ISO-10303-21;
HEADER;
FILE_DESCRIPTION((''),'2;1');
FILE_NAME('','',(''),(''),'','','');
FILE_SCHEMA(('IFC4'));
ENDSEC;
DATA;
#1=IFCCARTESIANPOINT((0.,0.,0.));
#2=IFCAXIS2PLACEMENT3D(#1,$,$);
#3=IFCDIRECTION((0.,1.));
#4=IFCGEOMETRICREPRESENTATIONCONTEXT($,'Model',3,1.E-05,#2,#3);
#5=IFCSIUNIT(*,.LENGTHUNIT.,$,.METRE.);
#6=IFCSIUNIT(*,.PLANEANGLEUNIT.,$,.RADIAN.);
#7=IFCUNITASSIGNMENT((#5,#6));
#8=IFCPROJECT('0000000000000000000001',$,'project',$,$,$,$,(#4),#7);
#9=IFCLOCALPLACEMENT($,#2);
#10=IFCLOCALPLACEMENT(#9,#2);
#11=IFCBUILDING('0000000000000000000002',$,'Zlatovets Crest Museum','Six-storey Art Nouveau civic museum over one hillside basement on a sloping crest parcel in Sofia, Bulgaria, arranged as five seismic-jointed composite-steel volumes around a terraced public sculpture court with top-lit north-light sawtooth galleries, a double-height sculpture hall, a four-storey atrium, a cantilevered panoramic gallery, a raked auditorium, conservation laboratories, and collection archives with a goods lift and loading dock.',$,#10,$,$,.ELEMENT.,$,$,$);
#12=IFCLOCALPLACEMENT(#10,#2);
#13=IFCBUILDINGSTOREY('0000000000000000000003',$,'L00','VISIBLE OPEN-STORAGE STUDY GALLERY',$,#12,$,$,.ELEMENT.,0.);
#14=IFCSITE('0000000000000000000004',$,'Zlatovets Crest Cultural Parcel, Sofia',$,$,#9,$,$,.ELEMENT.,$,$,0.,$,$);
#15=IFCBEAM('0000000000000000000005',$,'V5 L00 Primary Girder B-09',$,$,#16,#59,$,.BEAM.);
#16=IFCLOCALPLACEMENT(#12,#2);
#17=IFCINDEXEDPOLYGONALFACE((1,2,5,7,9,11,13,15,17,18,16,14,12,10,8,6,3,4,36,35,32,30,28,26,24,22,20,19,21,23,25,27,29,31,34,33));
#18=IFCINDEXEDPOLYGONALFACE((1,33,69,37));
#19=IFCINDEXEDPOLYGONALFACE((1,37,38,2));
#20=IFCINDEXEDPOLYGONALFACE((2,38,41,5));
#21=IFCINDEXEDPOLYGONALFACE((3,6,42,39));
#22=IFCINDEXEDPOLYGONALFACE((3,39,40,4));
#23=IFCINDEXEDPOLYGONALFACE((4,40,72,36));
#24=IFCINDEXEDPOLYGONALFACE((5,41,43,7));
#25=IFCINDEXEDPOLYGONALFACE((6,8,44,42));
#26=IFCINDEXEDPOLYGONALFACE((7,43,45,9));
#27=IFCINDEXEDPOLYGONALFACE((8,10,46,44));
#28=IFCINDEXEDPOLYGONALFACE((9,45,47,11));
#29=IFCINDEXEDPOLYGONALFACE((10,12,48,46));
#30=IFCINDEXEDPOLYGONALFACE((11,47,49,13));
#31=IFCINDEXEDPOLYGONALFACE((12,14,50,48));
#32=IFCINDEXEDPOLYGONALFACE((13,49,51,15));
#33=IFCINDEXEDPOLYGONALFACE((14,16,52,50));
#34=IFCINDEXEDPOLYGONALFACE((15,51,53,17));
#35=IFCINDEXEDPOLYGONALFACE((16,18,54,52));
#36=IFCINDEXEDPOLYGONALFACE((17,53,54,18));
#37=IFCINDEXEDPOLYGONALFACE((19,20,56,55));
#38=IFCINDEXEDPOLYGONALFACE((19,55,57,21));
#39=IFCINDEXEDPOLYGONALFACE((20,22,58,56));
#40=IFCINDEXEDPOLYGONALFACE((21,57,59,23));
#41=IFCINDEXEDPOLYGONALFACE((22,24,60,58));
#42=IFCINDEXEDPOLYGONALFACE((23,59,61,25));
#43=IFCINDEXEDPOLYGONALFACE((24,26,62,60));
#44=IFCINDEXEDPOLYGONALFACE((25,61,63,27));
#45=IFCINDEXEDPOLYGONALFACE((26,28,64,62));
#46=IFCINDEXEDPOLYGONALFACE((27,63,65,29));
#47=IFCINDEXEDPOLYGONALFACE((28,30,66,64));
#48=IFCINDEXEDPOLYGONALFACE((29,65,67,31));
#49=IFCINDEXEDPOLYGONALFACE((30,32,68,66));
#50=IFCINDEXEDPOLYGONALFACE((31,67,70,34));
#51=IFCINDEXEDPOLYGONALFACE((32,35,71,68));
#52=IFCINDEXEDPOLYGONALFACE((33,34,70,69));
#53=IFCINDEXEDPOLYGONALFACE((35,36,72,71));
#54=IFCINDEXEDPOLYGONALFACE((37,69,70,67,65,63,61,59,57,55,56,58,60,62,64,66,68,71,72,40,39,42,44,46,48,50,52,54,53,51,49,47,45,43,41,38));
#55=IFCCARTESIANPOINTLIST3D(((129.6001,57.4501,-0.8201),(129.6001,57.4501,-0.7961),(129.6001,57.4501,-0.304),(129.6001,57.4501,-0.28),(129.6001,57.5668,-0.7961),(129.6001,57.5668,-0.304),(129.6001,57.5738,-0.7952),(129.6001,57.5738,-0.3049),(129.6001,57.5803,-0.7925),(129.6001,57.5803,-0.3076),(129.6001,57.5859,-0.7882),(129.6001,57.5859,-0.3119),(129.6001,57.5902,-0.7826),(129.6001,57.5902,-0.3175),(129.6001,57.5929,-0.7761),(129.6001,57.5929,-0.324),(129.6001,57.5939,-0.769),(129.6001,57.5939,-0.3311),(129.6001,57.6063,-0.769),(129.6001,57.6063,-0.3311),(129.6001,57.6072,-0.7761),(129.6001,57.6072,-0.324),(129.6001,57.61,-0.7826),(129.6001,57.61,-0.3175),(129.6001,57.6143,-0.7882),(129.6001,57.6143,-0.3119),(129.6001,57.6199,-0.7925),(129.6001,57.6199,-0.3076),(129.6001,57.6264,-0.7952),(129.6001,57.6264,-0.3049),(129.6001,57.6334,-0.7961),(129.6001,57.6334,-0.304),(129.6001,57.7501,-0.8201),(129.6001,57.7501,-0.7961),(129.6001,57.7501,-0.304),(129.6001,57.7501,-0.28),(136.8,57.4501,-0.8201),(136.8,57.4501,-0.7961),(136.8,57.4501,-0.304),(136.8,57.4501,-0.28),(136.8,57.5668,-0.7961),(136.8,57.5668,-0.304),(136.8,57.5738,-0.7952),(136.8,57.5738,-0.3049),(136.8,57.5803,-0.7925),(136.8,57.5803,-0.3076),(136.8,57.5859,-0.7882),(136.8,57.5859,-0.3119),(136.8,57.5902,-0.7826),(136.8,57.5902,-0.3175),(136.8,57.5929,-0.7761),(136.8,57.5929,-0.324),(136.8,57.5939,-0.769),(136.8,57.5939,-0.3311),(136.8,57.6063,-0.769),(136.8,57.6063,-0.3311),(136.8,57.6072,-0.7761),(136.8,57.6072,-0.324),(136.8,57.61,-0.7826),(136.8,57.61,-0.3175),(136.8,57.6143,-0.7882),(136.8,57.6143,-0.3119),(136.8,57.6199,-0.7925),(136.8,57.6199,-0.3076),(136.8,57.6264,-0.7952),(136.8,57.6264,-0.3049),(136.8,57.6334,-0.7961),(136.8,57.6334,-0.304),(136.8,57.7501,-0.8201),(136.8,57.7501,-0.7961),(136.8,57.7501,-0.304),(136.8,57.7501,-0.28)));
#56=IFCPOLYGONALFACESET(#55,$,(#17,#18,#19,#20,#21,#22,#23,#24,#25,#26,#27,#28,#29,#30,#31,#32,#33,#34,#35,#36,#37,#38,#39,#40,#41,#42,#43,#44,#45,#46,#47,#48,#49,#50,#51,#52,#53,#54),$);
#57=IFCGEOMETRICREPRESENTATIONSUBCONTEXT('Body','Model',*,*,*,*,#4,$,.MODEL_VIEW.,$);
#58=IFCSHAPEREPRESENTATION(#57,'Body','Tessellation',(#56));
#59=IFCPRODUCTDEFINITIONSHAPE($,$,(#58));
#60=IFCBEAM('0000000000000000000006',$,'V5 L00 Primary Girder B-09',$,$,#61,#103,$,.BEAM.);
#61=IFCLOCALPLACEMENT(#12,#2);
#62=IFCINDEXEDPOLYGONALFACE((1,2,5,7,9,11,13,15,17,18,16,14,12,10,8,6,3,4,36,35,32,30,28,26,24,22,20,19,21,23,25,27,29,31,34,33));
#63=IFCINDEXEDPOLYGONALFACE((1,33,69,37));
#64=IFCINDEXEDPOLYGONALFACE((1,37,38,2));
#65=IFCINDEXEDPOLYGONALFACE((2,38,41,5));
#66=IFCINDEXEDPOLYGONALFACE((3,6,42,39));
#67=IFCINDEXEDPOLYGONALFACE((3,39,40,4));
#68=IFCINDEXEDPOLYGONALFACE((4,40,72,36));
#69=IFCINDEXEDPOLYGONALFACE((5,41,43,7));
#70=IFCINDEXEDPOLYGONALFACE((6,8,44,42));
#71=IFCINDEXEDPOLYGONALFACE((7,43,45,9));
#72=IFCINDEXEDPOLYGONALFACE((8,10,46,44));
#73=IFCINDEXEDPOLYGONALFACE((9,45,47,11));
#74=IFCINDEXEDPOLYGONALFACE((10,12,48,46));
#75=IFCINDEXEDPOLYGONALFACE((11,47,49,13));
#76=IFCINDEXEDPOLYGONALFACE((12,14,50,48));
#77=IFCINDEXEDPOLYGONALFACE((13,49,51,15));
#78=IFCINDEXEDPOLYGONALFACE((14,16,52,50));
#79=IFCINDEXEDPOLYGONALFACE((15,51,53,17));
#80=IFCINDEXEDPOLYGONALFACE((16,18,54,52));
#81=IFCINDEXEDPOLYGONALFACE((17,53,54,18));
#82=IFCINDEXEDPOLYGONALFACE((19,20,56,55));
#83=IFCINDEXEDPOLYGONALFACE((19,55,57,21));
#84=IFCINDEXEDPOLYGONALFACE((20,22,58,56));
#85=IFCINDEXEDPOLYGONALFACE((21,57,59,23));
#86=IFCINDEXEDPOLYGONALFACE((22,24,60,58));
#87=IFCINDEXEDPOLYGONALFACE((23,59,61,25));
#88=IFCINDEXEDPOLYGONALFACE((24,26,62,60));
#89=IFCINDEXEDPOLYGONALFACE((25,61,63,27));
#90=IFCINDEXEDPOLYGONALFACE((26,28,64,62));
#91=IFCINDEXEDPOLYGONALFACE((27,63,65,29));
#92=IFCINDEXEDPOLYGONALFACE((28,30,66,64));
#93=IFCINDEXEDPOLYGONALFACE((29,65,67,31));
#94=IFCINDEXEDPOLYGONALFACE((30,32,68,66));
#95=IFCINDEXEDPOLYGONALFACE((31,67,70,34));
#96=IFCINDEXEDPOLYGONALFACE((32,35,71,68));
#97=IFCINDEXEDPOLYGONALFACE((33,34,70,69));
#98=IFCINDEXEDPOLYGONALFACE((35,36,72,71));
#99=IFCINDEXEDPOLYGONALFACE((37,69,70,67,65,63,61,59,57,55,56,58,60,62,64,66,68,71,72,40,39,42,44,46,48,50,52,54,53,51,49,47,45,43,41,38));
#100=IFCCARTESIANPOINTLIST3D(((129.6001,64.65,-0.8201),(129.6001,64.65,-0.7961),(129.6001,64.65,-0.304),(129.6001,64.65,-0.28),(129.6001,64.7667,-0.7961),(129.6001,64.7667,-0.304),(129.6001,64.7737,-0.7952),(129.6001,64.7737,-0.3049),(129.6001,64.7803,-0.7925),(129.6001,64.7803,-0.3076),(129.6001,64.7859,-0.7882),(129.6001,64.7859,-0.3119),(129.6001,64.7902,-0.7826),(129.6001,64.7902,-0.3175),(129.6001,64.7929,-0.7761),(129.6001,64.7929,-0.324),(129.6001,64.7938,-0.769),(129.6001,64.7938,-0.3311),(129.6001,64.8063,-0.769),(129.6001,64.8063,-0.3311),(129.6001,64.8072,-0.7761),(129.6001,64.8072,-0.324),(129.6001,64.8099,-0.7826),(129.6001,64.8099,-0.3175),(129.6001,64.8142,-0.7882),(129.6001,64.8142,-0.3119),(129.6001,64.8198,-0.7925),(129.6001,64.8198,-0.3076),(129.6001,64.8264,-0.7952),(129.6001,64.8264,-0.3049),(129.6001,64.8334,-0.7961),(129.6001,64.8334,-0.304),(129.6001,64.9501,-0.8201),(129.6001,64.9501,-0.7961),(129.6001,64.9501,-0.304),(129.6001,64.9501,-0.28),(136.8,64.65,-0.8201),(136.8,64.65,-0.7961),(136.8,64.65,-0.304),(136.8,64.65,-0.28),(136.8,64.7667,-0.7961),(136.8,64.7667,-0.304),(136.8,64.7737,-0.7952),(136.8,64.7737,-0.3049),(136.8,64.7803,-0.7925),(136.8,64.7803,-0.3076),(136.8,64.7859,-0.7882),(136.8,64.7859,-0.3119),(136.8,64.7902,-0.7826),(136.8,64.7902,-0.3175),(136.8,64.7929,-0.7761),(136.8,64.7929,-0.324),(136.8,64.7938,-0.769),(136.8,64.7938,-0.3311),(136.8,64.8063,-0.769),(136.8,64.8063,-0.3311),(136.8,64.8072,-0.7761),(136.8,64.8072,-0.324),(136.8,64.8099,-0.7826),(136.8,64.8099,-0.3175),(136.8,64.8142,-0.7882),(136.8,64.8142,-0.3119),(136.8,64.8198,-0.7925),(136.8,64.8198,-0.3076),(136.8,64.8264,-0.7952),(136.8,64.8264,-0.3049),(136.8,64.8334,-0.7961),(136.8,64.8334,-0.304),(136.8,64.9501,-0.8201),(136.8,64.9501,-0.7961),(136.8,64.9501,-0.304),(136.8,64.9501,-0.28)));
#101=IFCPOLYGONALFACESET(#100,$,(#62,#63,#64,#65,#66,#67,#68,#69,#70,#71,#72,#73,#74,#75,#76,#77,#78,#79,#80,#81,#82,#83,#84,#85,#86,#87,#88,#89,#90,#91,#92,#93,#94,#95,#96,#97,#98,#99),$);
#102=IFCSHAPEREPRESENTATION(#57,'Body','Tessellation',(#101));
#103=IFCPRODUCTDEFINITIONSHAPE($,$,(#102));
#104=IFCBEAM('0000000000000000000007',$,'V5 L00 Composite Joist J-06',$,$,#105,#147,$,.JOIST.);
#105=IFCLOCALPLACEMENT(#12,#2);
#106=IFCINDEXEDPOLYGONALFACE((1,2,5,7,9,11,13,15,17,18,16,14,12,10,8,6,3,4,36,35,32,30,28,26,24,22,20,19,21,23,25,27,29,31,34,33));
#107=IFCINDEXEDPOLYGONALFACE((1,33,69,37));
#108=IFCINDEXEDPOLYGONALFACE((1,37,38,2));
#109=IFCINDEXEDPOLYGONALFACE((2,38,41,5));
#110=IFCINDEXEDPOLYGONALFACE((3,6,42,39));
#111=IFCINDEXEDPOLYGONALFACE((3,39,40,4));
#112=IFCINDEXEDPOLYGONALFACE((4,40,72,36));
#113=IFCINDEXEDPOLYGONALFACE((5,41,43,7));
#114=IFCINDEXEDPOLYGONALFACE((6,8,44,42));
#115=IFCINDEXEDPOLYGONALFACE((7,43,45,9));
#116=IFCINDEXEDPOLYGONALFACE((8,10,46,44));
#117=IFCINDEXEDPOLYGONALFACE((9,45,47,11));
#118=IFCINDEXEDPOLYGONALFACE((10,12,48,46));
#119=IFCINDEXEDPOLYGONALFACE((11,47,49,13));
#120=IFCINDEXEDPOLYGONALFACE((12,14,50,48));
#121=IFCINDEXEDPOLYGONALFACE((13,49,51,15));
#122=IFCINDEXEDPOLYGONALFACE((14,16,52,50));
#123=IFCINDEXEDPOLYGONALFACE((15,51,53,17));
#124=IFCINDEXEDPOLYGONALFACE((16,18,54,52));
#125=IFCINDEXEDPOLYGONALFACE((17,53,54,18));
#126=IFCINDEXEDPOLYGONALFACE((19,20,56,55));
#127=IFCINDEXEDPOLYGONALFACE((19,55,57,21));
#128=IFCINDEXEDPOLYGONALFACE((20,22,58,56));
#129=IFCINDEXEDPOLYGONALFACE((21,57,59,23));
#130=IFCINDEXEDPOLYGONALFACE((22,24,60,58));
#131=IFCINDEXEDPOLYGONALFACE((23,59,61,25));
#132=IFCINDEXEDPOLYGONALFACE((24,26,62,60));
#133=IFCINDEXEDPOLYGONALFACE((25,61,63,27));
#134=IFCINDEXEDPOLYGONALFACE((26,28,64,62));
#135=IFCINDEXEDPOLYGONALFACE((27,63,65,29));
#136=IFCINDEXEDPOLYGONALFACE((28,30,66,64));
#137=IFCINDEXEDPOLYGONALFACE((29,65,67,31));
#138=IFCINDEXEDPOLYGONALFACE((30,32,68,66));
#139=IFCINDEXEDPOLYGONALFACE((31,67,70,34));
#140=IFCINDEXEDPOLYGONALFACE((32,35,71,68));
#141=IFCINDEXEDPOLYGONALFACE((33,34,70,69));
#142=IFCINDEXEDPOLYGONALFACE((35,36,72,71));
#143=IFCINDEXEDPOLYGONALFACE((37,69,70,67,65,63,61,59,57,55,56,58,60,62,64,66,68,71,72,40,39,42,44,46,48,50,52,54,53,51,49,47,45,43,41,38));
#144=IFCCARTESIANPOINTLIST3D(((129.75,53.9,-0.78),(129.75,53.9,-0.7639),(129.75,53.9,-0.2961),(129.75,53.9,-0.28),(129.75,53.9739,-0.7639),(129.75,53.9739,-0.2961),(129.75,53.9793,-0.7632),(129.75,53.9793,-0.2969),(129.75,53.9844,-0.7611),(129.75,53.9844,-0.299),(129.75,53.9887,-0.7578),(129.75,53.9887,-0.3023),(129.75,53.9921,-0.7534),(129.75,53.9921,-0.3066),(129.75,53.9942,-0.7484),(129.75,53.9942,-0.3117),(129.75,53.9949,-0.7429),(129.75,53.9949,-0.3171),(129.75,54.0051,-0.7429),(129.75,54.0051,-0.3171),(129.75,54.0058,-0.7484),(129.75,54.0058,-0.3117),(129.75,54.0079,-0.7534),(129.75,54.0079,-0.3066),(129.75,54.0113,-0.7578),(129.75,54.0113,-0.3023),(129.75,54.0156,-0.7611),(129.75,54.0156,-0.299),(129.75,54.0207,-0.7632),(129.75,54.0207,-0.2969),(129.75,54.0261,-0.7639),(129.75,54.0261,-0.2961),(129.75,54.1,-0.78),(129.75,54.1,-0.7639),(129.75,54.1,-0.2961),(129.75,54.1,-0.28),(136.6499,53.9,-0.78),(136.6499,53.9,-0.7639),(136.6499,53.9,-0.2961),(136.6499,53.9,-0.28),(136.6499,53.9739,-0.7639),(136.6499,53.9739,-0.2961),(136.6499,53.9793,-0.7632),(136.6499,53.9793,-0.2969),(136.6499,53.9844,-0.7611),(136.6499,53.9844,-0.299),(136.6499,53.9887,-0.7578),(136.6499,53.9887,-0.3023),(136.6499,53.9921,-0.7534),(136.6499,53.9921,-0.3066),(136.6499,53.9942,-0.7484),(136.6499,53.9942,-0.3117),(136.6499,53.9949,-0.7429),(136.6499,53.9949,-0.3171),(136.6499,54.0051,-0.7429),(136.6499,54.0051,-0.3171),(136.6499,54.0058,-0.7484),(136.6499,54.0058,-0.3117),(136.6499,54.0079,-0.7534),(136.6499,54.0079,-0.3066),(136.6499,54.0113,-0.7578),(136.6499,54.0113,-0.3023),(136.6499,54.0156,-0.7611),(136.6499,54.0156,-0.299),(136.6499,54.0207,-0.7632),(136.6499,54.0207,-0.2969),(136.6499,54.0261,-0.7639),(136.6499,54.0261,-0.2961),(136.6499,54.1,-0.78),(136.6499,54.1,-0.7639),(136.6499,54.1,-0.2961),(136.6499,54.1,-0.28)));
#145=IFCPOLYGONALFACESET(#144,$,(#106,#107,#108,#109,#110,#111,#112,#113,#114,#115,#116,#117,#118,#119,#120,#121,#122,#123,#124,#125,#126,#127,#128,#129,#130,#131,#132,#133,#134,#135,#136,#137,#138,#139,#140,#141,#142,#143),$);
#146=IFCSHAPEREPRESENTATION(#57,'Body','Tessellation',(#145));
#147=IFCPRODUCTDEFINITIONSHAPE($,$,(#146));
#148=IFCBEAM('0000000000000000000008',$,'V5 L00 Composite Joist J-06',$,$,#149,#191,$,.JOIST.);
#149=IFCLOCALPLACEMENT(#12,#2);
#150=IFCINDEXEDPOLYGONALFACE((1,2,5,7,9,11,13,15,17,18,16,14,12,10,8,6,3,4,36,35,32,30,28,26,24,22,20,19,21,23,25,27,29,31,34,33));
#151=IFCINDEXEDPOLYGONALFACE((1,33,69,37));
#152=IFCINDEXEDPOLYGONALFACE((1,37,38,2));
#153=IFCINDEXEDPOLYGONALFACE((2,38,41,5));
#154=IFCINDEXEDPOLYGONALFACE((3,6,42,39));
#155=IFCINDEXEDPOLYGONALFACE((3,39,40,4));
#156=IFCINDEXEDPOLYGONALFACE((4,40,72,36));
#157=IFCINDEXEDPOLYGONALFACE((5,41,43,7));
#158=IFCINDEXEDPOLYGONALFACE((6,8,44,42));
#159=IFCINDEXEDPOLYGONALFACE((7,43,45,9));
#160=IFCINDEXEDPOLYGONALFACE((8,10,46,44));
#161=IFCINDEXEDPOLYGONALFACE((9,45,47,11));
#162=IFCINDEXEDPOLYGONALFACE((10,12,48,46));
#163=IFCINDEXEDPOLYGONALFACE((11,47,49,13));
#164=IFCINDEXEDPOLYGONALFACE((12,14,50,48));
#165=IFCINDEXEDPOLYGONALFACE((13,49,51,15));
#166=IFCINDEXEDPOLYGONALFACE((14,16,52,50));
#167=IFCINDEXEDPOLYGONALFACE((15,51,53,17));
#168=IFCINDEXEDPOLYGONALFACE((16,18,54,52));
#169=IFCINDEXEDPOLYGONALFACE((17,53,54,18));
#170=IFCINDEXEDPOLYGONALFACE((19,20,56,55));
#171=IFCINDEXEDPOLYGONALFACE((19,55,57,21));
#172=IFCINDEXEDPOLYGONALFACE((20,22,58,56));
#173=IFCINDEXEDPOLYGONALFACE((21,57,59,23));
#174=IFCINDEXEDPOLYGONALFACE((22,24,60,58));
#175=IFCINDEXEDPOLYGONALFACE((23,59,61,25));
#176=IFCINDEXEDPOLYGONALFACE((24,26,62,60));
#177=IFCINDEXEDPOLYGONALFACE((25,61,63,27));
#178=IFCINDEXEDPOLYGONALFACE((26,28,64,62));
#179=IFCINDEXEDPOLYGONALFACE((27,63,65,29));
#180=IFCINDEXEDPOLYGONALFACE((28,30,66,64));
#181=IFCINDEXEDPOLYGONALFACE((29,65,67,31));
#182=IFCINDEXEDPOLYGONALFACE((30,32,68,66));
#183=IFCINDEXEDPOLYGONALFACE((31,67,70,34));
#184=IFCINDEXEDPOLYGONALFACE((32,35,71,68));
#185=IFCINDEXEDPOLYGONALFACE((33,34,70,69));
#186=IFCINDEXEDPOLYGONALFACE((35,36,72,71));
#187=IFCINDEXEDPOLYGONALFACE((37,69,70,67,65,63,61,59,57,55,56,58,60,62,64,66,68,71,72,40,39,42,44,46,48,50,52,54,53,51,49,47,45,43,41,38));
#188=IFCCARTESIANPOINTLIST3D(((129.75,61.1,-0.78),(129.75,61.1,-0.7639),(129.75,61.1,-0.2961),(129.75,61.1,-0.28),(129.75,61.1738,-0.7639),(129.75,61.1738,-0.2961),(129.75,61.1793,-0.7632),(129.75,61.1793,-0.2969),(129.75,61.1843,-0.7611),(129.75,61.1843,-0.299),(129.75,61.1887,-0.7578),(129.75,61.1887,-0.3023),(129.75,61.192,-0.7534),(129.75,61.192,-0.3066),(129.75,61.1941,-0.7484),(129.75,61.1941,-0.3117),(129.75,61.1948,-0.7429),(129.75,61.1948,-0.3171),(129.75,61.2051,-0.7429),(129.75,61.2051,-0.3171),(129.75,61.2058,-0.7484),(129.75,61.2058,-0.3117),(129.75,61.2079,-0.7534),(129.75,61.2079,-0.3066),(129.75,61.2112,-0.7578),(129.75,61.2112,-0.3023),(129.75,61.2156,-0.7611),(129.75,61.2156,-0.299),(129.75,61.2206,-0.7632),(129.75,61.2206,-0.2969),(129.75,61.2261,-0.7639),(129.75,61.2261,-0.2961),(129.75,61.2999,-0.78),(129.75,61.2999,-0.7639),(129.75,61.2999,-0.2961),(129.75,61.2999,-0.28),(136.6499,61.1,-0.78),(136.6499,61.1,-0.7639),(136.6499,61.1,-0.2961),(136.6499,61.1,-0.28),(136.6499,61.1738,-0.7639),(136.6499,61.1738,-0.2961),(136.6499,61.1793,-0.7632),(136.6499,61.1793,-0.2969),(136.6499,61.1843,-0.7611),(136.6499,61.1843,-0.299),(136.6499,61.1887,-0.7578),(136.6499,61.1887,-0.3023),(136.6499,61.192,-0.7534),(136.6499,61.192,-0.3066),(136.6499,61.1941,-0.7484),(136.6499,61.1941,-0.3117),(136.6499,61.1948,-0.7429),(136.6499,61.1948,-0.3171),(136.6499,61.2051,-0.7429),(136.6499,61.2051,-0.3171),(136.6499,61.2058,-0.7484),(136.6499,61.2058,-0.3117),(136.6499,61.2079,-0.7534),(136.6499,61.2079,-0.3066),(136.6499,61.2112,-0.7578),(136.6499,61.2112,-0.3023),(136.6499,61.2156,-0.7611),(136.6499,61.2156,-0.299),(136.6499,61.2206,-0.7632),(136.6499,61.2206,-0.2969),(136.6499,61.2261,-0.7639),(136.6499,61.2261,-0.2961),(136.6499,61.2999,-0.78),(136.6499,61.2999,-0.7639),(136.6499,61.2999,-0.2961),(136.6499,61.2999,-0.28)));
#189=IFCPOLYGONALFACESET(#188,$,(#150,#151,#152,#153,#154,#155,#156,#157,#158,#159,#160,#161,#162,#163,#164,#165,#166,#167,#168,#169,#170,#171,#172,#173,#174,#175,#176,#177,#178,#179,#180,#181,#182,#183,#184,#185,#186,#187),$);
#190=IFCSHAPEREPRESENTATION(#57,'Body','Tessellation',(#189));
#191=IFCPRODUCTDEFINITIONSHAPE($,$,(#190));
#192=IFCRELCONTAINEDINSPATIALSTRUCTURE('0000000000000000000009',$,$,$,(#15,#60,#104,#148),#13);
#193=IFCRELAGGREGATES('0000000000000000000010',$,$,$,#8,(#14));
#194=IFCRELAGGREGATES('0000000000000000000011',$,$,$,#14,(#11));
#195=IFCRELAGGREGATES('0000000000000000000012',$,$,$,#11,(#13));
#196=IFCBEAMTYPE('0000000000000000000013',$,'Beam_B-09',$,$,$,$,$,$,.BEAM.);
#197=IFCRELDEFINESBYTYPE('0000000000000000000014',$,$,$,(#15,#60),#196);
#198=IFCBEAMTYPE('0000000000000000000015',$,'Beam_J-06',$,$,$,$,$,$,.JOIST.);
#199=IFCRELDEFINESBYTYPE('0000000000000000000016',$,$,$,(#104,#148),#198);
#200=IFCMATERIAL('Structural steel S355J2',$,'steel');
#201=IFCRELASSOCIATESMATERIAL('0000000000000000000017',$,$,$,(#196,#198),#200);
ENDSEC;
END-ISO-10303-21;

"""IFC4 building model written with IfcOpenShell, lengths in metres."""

from ifc_helpers import new_model, si_unit, direction, frame, origin, origin_2d, place, context, subcontext, project, spatial, i_section, extrude, material, material_profile, profile_set, type_object, element, save


model = new_model("IFC4")

# Units and contexts
model_context = context("Model", 3, precision=1e-05, world=origin(), true_north=direction((0.0, 1.0)))
body_context = subcontext(model_context, "Body", "Model", "MODEL_VIEW")
ifc_project = project(units=[si_unit("LENGTHUNIT", "METRE"), si_unit("PLANEANGLEUNIT", "RADIAN")], contexts=[model_context])

# Site, building, storey
site_placement = place(None, origin())
site = spatial("IfcSite", under=ifc_project, at=site_placement, Name="Zlatovets Crest Cultural Parcel, Sofia", CompositionType="ELEMENT", RefElevation=0.0)
building_placement = place(site_placement, origin())
building = spatial("IfcBuilding", under=site, at=building_placement, Name="Zlatovets Crest Museum", Description="Six-storey Art Nouveau civic museum over one hillside basement on a sloping crest parcel in Sofia, Bulgaria, arranged as five seismic-jointed composite-steel volumes around a terraced public sculpture court with top-lit north-light sawtooth galleries, a double-height sculpture hall, a four-storey atrium, a cantilevered panoramic gallery, a raked auditorium, conservation laboratories, and collection archives with a goods lift and loading dock.", CompositionType="ELEMENT")
storey_placement = place(building_placement, origin())
storey = spatial("IfcBuildingStorey", under=building, at=storey_placement, Name="L00", Description="VISIBLE OPEN-STORAGE STUDY GALLERY", CompositionType="ELEMENT", Elevation=0.0)

# Shared definitions
ifc_material_1 = material(Name="Structural steel S355J2", Category="steel")

# Beams
ifc_material_profile_1 = material_profile(ifc_material_1, i_section(OverallWidth=0.3, OverallDepth=0.54, WebThickness=0.0125, FlangeThickness=0.0239, FilletRadius=0.0271, at=origin_2d()), Name="HEA 550")
ifc_profile_set_1 = profile_set([ifc_material_profile_1], Name="Structural steel S355J2")
beam_type_1 = type_object("IfcBeamType", Name="Beam_B-09", PredefinedType="BEAM", material=ifc_profile_set_1)
for number, where, z_axis, x_axis, name in (
    (1, (129.6001, 57.6001, -0.55), (1.0, 0.0, 0.0), (0.0, 1.0, 0.0), "V5 L00 Primary Girder B-09"),
    (2, (129.6001, 64.8, -0.55), (1.0, 0.0, 0.0), (0.0, 1.0, 0.0), "V5 L00 Primary Girder B-09"),
):
    element("IfcBeam", number, at=place(storey_placement, frame(where, z_axis=z_axis, x_axis=x_axis)), inside=storey, type_object=beam_type_1, Name=name, PredefinedType="BEAM", context=body_context, shape_type="SweptSolid", body=[
        extrude(i_section(OverallWidth=0.3, OverallDepth=0.54, WebThickness=0.0125, FlangeThickness=0.0239, FilletRadius=0.0271, at=origin_2d()), origin(), (0.0, 0.0, 1.0), 7.2),
    ])
ifc_material_profile_2 = material_profile(ifc_material_1, i_section(OverallWidth=0.2, OverallDepth=0.5, WebThickness=0.0103, FlangeThickness=0.0161, FilletRadius=0.021, at=origin_2d()), Name="IPE 500")
ifc_profile_set_2 = profile_set([ifc_material_profile_2], Name="Structural steel S355J2")
beam_type_2 = type_object("IfcBeamType", Name="Beam_J-06", PredefinedType="JOIST", material=ifc_profile_set_2)
for number, where, z_axis, x_axis, name in (
    (3, (129.75, 54.0, -0.53), (1.0, 0.0, 0.0), (0.0, 1.0, 0.0), "V5 L00 Composite Joist J-06"),
    (4, (129.75, 61.2, -0.53), (1.0, 0.0, 0.0), (0.0, 1.0, 0.0), "V5 L00 Composite Joist J-06"),
):
    element("IfcBeam", number, at=place(storey_placement, frame(where, z_axis=z_axis, x_axis=x_axis)), inside=storey, type_object=beam_type_2, Name=name, PredefinedType="JOIST", context=body_context, shape_type="SweptSolid", body=[
        extrude(i_section(OverallWidth=0.2, OverallDepth=0.5, WebThickness=0.0103, FlangeThickness=0.0161, FilletRadius=0.021, at=origin_2d()), origin(), (0.0, 0.0, 1.0), 6.8999),
    ])

save(model, "model.ifc")
